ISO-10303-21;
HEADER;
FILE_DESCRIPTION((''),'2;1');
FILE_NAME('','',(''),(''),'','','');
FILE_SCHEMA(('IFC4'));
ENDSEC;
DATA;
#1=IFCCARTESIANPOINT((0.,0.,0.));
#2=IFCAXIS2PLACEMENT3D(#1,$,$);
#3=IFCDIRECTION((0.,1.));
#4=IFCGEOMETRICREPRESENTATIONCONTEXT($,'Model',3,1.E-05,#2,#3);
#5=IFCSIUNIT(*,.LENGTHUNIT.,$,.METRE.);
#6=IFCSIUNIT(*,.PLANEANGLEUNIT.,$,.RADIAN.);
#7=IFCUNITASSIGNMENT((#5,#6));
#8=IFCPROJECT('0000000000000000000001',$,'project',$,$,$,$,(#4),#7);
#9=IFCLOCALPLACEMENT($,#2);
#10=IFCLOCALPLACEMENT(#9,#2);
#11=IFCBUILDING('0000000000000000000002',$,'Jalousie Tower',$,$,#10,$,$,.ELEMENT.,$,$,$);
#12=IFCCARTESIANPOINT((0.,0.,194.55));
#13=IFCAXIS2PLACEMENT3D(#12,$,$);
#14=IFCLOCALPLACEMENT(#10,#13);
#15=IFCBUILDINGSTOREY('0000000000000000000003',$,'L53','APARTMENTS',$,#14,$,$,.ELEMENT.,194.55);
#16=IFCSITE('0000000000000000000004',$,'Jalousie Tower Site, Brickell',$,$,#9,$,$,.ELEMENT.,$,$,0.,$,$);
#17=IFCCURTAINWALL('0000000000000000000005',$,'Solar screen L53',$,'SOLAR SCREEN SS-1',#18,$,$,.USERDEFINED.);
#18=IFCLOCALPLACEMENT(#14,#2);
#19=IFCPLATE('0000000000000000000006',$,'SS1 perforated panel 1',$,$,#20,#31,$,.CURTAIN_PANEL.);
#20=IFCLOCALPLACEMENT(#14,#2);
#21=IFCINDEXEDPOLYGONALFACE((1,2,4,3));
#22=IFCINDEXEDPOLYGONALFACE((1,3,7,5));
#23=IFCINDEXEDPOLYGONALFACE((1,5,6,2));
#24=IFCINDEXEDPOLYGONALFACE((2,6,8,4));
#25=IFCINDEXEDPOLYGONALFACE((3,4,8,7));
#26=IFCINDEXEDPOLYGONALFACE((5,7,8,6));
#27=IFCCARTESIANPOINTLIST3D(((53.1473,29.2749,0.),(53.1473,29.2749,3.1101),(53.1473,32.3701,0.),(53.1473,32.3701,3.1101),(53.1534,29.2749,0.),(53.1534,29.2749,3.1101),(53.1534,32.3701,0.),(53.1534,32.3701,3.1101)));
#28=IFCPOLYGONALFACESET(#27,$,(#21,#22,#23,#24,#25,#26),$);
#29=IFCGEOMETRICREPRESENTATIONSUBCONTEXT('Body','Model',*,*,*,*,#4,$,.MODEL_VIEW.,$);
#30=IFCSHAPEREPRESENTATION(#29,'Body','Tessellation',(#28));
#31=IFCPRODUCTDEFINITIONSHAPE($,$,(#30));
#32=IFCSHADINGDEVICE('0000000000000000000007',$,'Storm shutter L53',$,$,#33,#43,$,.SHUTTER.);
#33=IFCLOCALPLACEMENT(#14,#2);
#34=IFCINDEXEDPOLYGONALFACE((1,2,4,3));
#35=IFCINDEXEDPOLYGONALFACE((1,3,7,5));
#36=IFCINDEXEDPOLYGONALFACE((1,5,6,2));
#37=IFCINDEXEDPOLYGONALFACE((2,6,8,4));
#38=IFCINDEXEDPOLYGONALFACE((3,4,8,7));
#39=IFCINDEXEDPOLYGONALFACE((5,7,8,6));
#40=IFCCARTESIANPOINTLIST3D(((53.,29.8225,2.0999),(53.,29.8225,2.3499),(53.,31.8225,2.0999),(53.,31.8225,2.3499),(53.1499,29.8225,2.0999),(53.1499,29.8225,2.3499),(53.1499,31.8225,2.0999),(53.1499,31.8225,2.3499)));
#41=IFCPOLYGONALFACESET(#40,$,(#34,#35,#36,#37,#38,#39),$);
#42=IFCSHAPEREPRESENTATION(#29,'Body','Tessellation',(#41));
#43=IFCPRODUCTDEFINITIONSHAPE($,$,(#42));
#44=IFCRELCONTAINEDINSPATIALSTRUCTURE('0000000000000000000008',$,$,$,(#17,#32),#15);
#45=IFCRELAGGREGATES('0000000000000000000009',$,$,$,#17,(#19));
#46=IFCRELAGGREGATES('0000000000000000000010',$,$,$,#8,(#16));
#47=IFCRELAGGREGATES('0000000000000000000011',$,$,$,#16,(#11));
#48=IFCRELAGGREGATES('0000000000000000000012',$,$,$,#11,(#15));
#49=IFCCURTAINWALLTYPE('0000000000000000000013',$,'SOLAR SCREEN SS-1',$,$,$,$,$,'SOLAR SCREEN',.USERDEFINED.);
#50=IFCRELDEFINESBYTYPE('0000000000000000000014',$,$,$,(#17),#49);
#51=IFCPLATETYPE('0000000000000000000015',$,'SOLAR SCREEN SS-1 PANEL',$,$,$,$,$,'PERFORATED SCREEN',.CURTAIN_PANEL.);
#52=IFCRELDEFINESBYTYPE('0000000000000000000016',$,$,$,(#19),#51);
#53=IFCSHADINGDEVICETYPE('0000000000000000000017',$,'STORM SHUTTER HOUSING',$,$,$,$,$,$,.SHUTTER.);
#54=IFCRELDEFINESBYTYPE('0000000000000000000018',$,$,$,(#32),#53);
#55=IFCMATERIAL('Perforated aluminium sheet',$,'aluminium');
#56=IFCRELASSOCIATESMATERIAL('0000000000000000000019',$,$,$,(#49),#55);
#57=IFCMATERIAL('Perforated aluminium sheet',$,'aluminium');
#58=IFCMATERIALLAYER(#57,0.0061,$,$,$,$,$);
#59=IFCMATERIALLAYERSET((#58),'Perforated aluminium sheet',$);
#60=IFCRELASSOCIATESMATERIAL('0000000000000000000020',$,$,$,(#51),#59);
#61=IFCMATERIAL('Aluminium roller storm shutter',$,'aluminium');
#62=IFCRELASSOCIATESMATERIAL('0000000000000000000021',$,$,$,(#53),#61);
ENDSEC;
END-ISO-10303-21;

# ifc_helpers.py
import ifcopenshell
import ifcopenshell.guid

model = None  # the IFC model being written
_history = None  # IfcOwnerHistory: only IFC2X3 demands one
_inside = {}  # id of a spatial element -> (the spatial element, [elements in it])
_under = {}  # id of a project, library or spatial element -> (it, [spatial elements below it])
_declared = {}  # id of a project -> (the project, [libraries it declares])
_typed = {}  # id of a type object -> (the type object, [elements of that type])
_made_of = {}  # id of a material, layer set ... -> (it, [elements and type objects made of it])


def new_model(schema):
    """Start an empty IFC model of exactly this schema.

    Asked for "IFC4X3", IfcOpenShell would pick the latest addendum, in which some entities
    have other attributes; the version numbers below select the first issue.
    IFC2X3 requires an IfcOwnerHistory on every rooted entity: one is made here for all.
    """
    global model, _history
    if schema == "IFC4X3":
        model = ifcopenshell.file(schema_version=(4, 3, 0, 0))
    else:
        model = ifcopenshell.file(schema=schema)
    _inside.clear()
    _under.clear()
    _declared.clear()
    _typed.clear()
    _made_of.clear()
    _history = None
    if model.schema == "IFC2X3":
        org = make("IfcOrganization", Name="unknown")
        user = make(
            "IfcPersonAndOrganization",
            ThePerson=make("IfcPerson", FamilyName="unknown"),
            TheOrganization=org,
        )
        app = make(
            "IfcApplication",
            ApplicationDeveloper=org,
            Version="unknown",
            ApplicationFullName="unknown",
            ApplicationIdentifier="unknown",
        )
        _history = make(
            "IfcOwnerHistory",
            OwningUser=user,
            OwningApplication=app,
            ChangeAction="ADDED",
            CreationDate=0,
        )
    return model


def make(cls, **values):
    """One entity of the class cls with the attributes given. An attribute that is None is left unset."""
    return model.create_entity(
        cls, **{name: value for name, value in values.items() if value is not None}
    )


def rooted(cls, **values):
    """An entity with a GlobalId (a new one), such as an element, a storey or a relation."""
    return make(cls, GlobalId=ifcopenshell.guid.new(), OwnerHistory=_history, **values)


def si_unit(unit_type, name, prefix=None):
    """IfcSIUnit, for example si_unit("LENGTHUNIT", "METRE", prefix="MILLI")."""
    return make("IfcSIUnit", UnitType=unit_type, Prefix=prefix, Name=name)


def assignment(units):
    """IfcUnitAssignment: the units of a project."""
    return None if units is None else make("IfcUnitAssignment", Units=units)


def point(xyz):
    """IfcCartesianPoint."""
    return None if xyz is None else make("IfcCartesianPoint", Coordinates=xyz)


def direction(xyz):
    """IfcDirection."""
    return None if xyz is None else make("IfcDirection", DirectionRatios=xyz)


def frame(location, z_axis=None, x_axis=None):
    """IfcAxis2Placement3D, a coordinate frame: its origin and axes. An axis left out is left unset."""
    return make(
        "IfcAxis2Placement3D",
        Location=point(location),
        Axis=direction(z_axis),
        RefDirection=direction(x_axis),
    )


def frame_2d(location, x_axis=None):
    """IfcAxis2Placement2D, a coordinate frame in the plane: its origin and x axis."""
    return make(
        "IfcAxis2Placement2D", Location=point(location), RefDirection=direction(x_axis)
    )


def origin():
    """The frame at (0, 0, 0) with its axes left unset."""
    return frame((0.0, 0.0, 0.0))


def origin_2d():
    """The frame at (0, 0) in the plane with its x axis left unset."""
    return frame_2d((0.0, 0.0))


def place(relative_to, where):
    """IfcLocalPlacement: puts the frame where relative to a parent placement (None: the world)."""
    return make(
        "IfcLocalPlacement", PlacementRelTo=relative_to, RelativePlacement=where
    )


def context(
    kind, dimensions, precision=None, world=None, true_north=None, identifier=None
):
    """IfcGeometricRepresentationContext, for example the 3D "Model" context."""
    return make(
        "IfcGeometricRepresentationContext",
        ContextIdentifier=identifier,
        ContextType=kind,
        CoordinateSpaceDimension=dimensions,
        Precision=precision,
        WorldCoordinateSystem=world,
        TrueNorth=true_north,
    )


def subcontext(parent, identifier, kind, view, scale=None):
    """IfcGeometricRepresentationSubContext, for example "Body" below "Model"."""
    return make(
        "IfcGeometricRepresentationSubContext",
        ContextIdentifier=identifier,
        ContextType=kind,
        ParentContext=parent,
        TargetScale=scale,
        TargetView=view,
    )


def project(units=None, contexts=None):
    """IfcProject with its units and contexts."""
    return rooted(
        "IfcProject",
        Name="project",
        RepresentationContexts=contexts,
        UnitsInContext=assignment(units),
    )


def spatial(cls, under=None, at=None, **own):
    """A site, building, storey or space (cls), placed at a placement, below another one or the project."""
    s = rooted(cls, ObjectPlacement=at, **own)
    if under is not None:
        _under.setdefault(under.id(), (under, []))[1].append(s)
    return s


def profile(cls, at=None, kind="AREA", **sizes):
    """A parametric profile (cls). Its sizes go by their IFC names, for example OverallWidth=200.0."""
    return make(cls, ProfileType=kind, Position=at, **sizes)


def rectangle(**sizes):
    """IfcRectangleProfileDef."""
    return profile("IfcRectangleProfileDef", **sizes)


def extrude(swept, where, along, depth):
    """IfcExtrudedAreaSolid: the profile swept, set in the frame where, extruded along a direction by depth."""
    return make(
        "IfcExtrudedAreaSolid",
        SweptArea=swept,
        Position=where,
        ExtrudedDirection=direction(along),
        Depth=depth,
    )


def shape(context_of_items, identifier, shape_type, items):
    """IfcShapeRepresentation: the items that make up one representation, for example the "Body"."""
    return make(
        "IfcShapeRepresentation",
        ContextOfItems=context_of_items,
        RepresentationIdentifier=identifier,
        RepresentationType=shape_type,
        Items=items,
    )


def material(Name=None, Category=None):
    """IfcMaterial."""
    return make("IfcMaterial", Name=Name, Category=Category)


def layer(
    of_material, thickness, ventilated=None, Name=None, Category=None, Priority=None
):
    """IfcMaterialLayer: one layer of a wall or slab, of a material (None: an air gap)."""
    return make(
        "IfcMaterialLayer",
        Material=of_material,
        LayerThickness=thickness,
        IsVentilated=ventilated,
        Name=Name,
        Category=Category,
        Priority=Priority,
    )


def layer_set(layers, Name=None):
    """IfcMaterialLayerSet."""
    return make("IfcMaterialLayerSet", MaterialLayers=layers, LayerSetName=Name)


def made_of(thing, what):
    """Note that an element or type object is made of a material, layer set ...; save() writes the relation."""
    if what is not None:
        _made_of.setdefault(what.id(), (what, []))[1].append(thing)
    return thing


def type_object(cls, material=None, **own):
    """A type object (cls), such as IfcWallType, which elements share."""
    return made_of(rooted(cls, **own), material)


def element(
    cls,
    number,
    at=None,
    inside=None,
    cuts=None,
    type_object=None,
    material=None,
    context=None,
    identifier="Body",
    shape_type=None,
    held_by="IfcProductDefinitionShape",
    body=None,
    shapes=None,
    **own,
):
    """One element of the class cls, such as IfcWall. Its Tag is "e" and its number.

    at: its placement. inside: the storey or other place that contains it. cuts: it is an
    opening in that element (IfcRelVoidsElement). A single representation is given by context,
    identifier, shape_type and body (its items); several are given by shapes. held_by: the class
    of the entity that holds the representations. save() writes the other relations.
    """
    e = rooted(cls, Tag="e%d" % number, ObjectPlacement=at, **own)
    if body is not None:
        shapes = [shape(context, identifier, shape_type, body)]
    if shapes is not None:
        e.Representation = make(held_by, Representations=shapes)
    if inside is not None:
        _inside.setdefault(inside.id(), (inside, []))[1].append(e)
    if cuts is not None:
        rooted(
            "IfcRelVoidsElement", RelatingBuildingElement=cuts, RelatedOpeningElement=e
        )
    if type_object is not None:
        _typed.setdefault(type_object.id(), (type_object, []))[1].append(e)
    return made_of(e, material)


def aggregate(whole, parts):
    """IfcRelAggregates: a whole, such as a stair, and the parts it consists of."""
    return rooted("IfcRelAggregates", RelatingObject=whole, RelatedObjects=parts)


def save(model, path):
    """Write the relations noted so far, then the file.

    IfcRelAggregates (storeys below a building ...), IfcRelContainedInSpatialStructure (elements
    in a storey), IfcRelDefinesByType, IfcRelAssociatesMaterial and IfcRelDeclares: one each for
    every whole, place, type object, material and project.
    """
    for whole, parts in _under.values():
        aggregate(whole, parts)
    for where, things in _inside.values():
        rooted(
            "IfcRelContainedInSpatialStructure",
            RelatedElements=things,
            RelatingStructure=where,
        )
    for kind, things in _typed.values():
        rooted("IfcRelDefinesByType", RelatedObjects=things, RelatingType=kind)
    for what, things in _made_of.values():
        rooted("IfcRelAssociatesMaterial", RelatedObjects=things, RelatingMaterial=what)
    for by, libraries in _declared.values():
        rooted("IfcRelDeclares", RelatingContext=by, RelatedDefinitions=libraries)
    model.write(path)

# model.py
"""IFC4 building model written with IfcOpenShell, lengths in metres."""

from ifc_helpers import new_model, si_unit, direction, frame, origin, origin_2d, place, context, subcontext, project, spatial, rectangle, extrude, material, layer, layer_set, type_object, element, aggregate, save


model = new_model("IFC4")

# Units and contexts
model_context = context("Model", 3, precision=1e-05, world=origin(), true_north=direction((0.0, 1.0)))
body_context = subcontext(model_context, "Body", "Model", "MODEL_VIEW")
ifc_project = project(units=[si_unit("LENGTHUNIT", "METRE"), si_unit("PLANEANGLEUNIT", "RADIAN")], contexts=[model_context])

# Site, building, storey
site_placement = place(None, origin())
site = spatial("IfcSite", under=ifc_project, at=site_placement, Name="Jalousie Tower Site, Brickell", CompositionType="ELEMENT", RefElevation=0.0)
building_placement = place(site_placement, origin())
building = spatial("IfcBuilding", under=site, at=building_placement, Name="Jalousie Tower", CompositionType="ELEMENT")
storey_placement = place(building_placement, frame((0.0, 0.0, 194.55)))
storey = spatial("IfcBuildingStorey", under=building, at=storey_placement, Name="L53", Description="APARTMENTS", CompositionType="ELEMENT", Elevation=194.55)

# Curtain wall
ifc_material_1 = material(Name="Perforated aluminium sheet", Category="aluminium")
curtain_wall_type_1 = type_object("IfcCurtainWallType", Name="SOLAR SCREEN SS-1", ElementType="SOLAR SCREEN", PredefinedType="USERDEFINED", material=ifc_material_1)
curtain_wall_1_placement = place(storey_placement, origin())
curtain_wall_1 = element("IfcCurtainWall", 1, at=curtain_wall_1_placement, inside=storey, type_object=curtain_wall_type_1, Name="Solar screen L53", ObjectType="SOLAR SCREEN SS-1", PredefinedType="USERDEFINED")

# Plate
ifc_material_2 = material(Name="Perforated aluminium sheet", Category="aluminium")
ifc_layer_1 = layer(ifc_material_2, 0.0061)
ifc_layer_set_1 = layer_set([ifc_layer_1], Name="Perforated aluminium sheet")
plate_type_1 = type_object("IfcPlateType", Name="SOLAR SCREEN SS-1 PANEL", ElementType="PERFORATED SCREEN", PredefinedType="CURTAIN_PANEL", material=ifc_layer_set_1)
plate_1_placement = place(storey_placement, frame((53.1504, 30.8225, 0.0), z_axis=(0.0, 0.0, 1.0), x_axis=(0.0, 1.0, 0.0)))
plate_1 = element("IfcPlate", 2, at=plate_1_placement, type_object=plate_type_1, Name="SS1 perforated panel 1", PredefinedType="CURTAIN_PANEL", context=body_context, shape_type="SweptSolid", body=[
    extrude(rectangle(XDim=3.0952, YDim=0.0061, at=origin_2d()), origin(), (0.0, 0.0, 1.0), 3.1101),
])
aggregate(curtain_wall_1, [plate_1])

# Shading device
ifc_material_3 = material(Name="Aluminium roller storm shutter", Category="aluminium")
shading_device_type = type_object("IfcShadingDeviceType", Name="STORM SHUTTER HOUSING", PredefinedType="SHUTTER", material=ifc_material_3)
shading_device_placement = place(storey_placement, frame((53.075, 30.8225, 2.0999), z_axis=(0.0, 0.0, 1.0), x_axis=(0.0, 1.0, 0.0)))
element("IfcShadingDevice", 3, at=shading_device_placement, inside=storey, type_object=shading_device_type, Name="Storm shutter L53", PredefinedType="SHUTTER", context=body_context, shape_type="SweptSolid", body=[
    extrude(rectangle(XDim=2.0, YDim=0.1499, at=origin_2d()), origin(), (0.0, 0.0, 1.0), 0.25),
])

save(model, "model.ifc")
